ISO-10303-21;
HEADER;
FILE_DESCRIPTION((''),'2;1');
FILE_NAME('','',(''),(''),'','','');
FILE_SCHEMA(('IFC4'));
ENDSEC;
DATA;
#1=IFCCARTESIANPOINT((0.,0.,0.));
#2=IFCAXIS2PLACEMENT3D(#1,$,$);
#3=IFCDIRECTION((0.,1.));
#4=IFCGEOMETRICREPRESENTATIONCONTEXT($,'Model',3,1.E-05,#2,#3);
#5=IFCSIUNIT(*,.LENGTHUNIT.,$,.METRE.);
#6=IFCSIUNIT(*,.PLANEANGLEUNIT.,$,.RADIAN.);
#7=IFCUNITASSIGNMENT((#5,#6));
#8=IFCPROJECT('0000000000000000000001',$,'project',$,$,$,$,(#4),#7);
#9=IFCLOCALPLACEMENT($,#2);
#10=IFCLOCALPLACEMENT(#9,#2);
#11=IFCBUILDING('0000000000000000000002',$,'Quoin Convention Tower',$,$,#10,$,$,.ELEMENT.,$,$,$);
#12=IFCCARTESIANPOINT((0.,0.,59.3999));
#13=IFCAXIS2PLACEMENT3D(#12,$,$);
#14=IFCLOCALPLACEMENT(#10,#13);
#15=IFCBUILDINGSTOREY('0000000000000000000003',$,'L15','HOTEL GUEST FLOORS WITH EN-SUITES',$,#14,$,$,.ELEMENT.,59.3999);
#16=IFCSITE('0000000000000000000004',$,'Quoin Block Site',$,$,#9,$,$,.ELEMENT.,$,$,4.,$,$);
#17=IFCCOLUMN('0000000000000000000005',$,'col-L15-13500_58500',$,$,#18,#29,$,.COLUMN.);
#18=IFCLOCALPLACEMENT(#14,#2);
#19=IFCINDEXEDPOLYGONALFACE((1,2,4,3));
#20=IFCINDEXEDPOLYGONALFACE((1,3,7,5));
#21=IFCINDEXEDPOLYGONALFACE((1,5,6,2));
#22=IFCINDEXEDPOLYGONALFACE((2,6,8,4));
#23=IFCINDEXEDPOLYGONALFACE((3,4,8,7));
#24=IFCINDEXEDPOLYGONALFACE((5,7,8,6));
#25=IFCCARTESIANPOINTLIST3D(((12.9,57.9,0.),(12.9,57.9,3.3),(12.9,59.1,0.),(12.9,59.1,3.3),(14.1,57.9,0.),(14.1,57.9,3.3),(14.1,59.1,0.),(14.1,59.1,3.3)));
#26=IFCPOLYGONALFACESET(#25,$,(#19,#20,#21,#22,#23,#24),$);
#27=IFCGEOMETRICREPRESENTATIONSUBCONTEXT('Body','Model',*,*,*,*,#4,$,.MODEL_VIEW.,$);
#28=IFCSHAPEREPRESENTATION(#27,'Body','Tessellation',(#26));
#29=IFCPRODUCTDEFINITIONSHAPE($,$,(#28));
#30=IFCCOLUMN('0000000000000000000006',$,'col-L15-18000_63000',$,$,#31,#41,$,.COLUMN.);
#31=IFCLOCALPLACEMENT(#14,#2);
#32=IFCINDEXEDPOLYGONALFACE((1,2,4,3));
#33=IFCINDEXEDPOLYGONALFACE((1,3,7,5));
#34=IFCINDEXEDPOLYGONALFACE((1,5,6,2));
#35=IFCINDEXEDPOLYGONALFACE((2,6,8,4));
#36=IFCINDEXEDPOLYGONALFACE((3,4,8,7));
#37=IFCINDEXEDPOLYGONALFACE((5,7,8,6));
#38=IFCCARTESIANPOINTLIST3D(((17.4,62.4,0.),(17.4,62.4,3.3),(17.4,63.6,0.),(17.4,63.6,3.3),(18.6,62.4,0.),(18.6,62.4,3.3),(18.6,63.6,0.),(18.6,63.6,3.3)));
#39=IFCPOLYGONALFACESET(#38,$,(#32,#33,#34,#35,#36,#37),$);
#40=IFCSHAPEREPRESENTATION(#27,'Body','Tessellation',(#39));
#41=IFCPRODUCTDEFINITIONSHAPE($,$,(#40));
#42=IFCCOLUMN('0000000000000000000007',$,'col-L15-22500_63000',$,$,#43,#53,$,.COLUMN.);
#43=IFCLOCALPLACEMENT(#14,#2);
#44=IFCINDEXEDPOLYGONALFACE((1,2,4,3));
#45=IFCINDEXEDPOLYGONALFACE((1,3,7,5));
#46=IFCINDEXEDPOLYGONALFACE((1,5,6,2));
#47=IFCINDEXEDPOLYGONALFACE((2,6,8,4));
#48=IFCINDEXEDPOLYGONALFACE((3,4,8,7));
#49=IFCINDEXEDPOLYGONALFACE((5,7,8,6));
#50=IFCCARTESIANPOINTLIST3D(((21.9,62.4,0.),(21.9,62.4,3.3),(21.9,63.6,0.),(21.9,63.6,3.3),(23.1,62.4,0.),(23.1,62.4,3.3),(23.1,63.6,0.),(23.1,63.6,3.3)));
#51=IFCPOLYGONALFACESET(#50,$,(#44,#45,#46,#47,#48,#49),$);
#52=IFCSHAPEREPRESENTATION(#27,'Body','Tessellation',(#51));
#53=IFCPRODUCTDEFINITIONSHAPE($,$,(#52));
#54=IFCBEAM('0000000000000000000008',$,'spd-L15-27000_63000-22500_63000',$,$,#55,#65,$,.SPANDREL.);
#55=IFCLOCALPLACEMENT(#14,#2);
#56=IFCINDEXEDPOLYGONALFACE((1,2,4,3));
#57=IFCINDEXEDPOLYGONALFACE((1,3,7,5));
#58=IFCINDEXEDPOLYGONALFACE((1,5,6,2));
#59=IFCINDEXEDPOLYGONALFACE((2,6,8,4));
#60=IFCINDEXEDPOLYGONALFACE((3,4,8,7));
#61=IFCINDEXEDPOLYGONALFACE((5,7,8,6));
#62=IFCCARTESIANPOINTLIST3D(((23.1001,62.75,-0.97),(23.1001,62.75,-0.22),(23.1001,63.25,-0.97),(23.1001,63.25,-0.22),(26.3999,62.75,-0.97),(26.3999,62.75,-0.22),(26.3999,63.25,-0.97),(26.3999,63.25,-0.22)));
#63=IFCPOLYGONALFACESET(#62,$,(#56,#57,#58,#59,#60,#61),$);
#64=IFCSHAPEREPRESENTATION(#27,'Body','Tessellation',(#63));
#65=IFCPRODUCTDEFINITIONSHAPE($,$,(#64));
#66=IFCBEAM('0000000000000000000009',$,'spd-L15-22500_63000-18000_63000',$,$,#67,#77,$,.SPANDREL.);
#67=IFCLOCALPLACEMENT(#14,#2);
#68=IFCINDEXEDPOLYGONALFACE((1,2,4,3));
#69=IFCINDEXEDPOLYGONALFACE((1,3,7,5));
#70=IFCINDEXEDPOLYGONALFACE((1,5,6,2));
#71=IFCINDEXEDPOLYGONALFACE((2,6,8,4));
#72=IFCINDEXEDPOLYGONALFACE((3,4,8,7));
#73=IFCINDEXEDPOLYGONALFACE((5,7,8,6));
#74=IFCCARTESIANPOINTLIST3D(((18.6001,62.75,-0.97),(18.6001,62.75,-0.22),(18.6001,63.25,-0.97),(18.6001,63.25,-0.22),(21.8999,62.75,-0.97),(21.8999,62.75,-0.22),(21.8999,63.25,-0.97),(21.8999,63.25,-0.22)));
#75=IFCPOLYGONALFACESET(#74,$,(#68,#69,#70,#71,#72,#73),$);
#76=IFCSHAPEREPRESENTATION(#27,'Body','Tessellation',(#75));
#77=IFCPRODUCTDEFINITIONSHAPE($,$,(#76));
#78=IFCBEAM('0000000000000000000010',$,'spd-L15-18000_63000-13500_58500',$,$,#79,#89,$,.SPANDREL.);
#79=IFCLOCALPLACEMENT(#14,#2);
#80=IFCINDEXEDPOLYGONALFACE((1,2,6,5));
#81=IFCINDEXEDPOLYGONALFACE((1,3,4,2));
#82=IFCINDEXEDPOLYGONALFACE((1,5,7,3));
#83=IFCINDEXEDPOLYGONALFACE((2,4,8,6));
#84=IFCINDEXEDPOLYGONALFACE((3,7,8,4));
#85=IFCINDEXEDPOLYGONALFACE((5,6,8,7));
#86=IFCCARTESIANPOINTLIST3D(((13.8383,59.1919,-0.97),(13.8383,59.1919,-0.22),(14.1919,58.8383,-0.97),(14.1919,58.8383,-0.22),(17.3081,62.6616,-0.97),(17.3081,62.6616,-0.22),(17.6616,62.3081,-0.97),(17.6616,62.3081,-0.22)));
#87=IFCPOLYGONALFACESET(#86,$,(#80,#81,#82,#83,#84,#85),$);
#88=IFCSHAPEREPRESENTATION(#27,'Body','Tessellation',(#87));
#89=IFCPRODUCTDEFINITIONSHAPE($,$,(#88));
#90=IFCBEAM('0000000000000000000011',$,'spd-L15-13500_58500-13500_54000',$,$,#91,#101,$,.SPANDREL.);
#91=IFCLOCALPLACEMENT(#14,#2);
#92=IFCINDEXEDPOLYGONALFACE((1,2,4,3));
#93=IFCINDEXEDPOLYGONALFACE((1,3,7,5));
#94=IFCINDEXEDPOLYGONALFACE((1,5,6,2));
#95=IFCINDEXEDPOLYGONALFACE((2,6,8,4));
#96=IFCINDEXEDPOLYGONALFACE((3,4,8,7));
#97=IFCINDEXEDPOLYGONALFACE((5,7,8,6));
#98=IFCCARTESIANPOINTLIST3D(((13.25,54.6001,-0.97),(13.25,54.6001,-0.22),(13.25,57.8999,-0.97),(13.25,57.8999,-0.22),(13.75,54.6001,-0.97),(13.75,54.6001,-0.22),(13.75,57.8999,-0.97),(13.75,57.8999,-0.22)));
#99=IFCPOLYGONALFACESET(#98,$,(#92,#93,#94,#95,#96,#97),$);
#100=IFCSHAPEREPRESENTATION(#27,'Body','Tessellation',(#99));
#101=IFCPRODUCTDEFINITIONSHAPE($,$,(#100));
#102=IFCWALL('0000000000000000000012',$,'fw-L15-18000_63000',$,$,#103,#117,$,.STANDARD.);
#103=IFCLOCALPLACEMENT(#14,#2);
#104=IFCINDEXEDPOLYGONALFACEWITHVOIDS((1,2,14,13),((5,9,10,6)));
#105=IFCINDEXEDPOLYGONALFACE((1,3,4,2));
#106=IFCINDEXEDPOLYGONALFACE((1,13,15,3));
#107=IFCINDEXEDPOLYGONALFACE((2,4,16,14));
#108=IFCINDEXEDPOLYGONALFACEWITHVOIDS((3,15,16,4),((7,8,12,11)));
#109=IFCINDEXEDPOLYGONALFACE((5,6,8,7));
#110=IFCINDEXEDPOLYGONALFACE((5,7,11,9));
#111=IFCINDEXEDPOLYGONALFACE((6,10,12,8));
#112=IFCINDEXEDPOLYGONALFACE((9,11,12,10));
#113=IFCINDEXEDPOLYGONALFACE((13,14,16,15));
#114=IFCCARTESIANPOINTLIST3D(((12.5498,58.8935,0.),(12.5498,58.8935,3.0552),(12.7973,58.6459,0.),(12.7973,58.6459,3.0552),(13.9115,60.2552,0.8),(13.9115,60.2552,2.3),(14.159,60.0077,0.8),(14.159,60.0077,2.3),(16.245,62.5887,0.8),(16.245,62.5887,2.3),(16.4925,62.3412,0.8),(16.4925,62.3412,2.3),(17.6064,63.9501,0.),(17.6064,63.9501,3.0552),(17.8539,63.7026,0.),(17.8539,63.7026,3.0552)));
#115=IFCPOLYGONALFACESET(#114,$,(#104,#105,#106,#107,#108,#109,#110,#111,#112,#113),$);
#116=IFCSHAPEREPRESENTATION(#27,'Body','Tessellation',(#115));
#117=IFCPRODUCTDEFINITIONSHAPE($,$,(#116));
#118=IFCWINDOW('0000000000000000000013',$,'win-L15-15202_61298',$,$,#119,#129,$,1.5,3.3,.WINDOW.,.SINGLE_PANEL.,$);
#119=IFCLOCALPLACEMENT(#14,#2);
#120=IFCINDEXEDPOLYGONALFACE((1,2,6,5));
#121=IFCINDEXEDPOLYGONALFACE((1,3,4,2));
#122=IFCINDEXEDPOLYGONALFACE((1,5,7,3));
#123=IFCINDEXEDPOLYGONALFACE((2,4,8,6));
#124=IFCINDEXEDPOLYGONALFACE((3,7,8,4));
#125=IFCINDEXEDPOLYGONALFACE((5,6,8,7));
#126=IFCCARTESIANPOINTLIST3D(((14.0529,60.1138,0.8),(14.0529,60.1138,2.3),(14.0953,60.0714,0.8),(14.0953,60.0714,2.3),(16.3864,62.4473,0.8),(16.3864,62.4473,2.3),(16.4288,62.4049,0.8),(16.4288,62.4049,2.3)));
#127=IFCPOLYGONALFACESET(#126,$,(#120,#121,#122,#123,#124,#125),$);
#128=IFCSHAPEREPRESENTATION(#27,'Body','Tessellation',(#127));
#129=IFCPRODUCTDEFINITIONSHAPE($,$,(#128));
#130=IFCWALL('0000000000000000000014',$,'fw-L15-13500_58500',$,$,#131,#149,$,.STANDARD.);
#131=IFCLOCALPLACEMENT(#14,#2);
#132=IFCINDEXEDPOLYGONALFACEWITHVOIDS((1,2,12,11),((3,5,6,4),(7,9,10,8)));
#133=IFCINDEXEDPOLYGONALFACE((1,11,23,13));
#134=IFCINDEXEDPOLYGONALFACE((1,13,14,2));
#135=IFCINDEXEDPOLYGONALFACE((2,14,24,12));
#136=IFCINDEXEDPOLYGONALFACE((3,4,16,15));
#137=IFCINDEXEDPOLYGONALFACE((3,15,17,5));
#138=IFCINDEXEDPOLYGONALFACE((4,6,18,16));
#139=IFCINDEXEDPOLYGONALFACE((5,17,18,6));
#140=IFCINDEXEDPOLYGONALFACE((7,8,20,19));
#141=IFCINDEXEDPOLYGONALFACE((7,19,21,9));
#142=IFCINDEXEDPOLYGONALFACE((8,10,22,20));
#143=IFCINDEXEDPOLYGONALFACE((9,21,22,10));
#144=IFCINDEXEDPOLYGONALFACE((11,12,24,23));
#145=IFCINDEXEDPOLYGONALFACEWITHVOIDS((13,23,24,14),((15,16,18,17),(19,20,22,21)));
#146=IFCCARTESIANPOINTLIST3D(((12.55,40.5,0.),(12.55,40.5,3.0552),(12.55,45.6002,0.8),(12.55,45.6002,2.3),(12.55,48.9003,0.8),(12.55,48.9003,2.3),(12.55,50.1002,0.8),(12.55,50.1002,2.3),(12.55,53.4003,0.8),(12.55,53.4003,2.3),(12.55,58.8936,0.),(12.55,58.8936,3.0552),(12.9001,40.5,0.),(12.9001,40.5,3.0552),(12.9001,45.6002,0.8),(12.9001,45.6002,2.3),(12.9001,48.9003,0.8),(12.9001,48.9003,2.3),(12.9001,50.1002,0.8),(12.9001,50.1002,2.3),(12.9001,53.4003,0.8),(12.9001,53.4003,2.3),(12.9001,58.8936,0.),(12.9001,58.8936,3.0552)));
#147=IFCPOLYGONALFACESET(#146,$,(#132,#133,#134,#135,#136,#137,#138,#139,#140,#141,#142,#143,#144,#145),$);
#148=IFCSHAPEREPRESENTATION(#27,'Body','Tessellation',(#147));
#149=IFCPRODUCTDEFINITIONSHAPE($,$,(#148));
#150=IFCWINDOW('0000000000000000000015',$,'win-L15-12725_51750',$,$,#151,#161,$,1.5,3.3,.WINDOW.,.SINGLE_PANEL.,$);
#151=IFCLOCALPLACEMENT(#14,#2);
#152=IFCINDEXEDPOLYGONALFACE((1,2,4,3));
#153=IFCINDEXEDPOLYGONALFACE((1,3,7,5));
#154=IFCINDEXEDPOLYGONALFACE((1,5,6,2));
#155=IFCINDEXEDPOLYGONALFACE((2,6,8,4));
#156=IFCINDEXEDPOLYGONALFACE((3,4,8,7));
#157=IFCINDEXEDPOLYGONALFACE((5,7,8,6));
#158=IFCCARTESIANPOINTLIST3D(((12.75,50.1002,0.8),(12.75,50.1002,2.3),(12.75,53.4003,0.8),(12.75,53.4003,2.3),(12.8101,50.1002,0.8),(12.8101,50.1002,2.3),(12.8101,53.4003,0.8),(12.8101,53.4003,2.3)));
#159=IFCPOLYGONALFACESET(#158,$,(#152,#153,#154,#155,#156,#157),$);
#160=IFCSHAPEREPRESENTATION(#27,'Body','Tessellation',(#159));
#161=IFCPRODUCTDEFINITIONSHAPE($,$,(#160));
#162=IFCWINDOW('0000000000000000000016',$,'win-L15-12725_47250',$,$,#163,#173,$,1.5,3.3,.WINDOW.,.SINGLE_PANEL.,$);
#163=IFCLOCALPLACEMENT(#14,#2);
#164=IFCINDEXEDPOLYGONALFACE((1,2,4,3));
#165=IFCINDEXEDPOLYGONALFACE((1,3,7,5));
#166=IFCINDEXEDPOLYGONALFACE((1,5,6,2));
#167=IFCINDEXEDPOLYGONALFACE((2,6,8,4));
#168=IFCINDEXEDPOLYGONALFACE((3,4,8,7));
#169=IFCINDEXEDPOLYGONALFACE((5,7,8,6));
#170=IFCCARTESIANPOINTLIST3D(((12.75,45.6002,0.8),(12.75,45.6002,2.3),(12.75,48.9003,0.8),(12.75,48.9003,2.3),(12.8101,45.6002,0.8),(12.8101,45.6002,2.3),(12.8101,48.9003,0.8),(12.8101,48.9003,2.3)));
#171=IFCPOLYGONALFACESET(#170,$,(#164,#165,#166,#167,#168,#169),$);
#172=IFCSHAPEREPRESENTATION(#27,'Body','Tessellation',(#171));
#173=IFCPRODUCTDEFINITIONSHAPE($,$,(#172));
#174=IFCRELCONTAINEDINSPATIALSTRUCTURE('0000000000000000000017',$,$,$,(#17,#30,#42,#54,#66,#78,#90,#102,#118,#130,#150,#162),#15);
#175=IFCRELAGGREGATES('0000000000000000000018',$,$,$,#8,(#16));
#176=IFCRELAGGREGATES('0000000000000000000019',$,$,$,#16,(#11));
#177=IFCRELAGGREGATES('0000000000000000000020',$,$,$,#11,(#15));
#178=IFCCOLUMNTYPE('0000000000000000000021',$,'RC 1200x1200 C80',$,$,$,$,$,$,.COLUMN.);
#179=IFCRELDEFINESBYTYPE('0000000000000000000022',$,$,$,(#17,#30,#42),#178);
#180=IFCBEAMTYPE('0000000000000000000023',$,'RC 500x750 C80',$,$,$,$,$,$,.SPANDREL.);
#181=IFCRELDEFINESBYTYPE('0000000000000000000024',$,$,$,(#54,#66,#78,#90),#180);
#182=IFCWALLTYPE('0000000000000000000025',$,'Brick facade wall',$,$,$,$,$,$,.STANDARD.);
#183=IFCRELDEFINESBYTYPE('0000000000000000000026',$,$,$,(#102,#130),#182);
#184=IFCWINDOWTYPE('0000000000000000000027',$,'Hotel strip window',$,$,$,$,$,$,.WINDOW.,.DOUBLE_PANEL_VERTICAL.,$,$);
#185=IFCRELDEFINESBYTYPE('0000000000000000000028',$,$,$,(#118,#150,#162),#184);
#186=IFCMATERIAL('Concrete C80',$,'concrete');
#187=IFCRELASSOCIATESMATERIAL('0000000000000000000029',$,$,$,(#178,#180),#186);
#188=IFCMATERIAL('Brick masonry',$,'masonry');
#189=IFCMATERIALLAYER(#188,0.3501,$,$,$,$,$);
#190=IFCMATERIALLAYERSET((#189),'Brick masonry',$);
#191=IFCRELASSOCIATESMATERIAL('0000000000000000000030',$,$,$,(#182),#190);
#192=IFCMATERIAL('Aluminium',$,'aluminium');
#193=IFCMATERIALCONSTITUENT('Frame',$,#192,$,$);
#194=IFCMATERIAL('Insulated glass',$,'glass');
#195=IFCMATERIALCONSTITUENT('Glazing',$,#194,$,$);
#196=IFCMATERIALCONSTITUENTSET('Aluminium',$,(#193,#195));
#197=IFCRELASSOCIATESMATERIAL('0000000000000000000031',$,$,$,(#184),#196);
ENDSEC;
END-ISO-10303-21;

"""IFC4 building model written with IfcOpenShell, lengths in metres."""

from ifc_helpers import new_model, si_unit, direction, frame, frame_2d, origin, origin_2d, place, context, subcontext, project, spatial, rectangle, extrude, material, layer, layer_set, constituent, constituent_set, material_profile, profile_set, type_object, element, fill, save


model = new_model("IFC4")

# Units and contexts
model_context = context("Model", 3, precision=1e-05, world=origin(), true_north=direction((0.0, 1.0)))
body_context = subcontext(model_context, "Body", "Model", "MODEL_VIEW")
ifc_project = project(units=[si_unit("LENGTHUNIT", "METRE"), si_unit("PLANEANGLEUNIT", "RADIAN")], contexts=[model_context])

# Site, building, storey
site_placement = place(None, origin())
site = spatial("IfcSite", under=ifc_project, at=site_placement, Name="Quoin Block Site", CompositionType="ELEMENT", RefElevation=4.0)
building_placement = place(site_placement, origin())
building = spatial("IfcBuilding", under=site, at=building_placement, Name="Quoin Convention Tower", CompositionType="ELEMENT")
storey_placement = place(building_placement, frame((0.0, 0.0, 59.3999)))
storey = spatial("IfcBuildingStorey", under=building, at=storey_placement, Name="L15", Description="HOTEL GUEST FLOORS WITH EN-SUITES", CompositionType="ELEMENT", Elevation=59.3999)

# Columns
ifc_material_1 = material(Name="Concrete C80", Category="concrete")
ifc_material_profile_1 = material_profile(ifc_material_1, rectangle(XDim=1.2, YDim=1.2, at=origin_2d()), Name="RC 1200x1200")
ifc_profile_set_1 = profile_set([ifc_material_profile_1], Name="Concrete C80")
column_type = type_object("IfcColumnType", Name="RC 1200x1200 C80", PredefinedType="COLUMN", material=ifc_profile_set_1)
for number, where, z_axis, x_axis, name in (
    (1, (13.5, 58.5, 0.0), (0.0, 0.0, 1.0), (1.0, 0.0, 0.0), "col-L15-13500_58500"),
    (2, (18.0, 63.0, 0.0), (0.0, 0.0, 1.0), (1.0, 0.0, 0.0), "col-L15-18000_63000"),
    (3, (22.5, 63.0, 0.0), (0.0, 0.0, 1.0), (1.0, 0.0, 0.0), "col-L15-22500_63000"),
):
    element("IfcColumn", number, at=place(storey_placement, frame(where, z_axis=z_axis, x_axis=x_axis)), inside=storey, type_object=column_type, Name=name, PredefinedType="COLUMN", context=body_context, shape_type="SweptSolid", body=[
        extrude(rectangle(XDim=1.2, YDim=1.2, at=origin_2d()), origin(), (0.0, 0.0, 1.0), 3.3),
    ])

# Beams
ifc_material_profile_2 = material_profile(ifc_material_1, rectangle(XDim=0.5, YDim=0.75, at=origin_2d()), Name="RC 500x750")
ifc_profile_set_2 = profile_set([ifc_material_profile_2], Name="Concrete C80")
beam_type = type_object("IfcBeamType", Name="RC 500x750 C80", PredefinedType="SPANDREL", material=ifc_profile_set_2)
for number, where, z_axis, x_axis, name in (
    (4, (26.3999, 63.0, -0.595), (-1.0, 0.0, 0.0), (0.0, -1.0, 0.0), "spd-L15-27000_63000-22500_63000"),
    (5, (21.8999, 63.0, -0.595), (-1.0, 0.0, 0.0), (0.0, -1.0, 0.0), "spd-L15-22500_63000-18000_63000"),
):
    element("IfcBeam", number, at=place(storey_placement, frame(where, z_axis=z_axis, x_axis=x_axis)), inside=storey, type_object=beam_type, Name=name, PredefinedType="SPANDREL", context=body_context, shape_type="SweptSolid", body=[
        extrude(rectangle(XDim=0.5, YDim=0.75, at=origin_2d()), origin(), (0.0, 0.0, 1.0), 3.2998),
    ])
beam_1_placement = place(storey_placement, frame((17.4849, 62.4849, -0.595), z_axis=(-0.707107, -0.707107, 0.0), x_axis=(0.707107, -0.707107, 0.0)))
element("IfcBeam", 6, at=beam_1_placement, inside=storey, type_object=beam_type, Name="spd-L15-18000_63000-13500_58500", PredefinedType="SPANDREL", context=body_context, shape_type="SweptSolid", body=[
    extrude(rectangle(XDim=0.5, YDim=0.75, at=origin_2d()), origin(), (0.0, 0.0, 1.0), 4.907),
])
beam_2_placement = place(storey_placement, frame((13.5, 57.8999, -0.595), z_axis=(0.0, -1.0, 0.0), x_axis=(1.0, 0.0, 0.0)))
element("IfcBeam", 7, at=beam_2_placement, inside=storey, type_object=beam_type, Name="spd-L15-13500_58500-13500_54000", PredefinedType="SPANDREL", context=body_context, shape_type="SweptSolid", body=[
    extrude(rectangle(XDim=0.5, YDim=0.75, at=origin_2d()), origin(), (0.0, 0.0, 1.0), 3.2998),
])

# Wall, opening, window
ifc_material_2 = material(Name="Brick masonry", Category="masonry")
ifc_layer_1 = layer(ifc_material_2, 0.3501)
ifc_layer_set_1 = layer_set([ifc_layer_1], Name="Brick masonry")
wall_type_1 = type_object("IfcWallType", Name="Brick facade wall", PredefinedType="STANDARD", material=ifc_layer_set_1)
wall_1_placement = place(storey_placement, frame((17.7302, 63.8264, 0.0), z_axis=(0.0, 0.0, 1.0), x_axis=(-0.707107, -0.707107, 0.0)))
wall_1 = element("IfcWall", 8, at=wall_1_placement, inside=storey, type_object=wall_type_1, Name="fw-L15-18000_63000", PredefinedType="STANDARD", context=body_context, shape_type="SweptSolid", body=[
    extrude(rectangle(XDim=7.1511, YDim=0.3501, at=frame_2d((3.5757, 0.0))), origin(), (0.0, 0.0, 1.0), 3.0552),
])
opening_1_placement = place(wall_1_placement, frame((1.9255, 0.0, 0.8)))
opening_1 = element("IfcOpeningElement", 9, at=opening_1_placement, cuts=wall_1, PredefinedType="OPENING", context=body_context, shape_type="SweptSolid", body=[
    extrude(rectangle(XDim=3.3, YDim=1.5, at=frame_2d((1.6499, 0.75))), frame((0.0, 0.1851, 0.0), z_axis=(0.0, -1.0, 0.0), x_axis=(1.0, 0.0, 0.0)), (0.0, 0.0, 1.0), 0.3701),
])
ifc_material_3 = material(Name="Aluminium", Category="aluminium")
ifc_constituent_1 = constituent(ifc_material_3, Name="Frame")
ifc_material_4 = material(Name="Insulated glass", Category="glass")
ifc_constituent_2 = constituent(ifc_material_4, Name="Glazing")
ifc_constituent_set = constituent_set(constituents=[ifc_constituent_1, ifc_constituent_2], Name="Aluminium")
window_type = type_object("IfcWindowType", Name="Hotel strip window", PartitioningType="DOUBLE_PANEL_VERTICAL", PredefinedType="WINDOW", material=ifc_constituent_set)
window_1_placement = place(opening_1_placement, origin())
window_1 = element("IfcWindow", 10, at=window_1_placement, inside=storey, type_object=window_type, Name="win-L15-15202_61298", OverallHeight=1.5, OverallWidth=3.3, PartitioningType="SINGLE_PANEL", PredefinedType="WINDOW", context=body_context, shape_type="SweptSolid", body=[
    extrude(rectangle(XDim=3.3, YDim=1.5, at=frame_2d((1.6499, 0.75))), frame((0.0, 0.085, 0.0), z_axis=(0.0, -1.0, 0.0), x_axis=(1.0, 0.0, 0.0)), (0.0, 0.0, 1.0), 0.0601),
])
fill(opening_1, window_1)

# Wall, openings, windows
wall_2_placement = place(storey_placement, frame((12.7251, 58.8936, 0.0), z_axis=(0.0, 0.0, 1.0), x_axis=(0.0, -1.0, 0.0)))
wall_2 = element("IfcWall", 11, at=wall_2_placement, inside=storey, type_object=wall_type_1, Name="fw-L15-13500_58500", PredefinedType="STANDARD", context=body_context, shape_type="SweptSolid", body=[
    extrude(rectangle(XDim=18.3936, YDim=0.3501, at=frame_2d((9.1968, 0.0))), origin(), (0.0, 0.0, 1.0), 3.0552),
])
opening_2_placement = place(wall_2_placement, frame((5.4934, 0.0, 0.8)))
opening_2 = element("IfcOpeningElement", 12, at=opening_2_placement, cuts=wall_2, PredefinedType="OPENING", context=body_context, shape_type="SweptSolid", body=[
    extrude(rectangle(XDim=3.3, YDim=1.5, at=frame_2d((1.6499, 0.75))), frame((0.0, 0.1851, 0.0), z_axis=(0.0, -1.0, 0.0), x_axis=(1.0, 0.0, 0.0)), (0.0, 0.0, 1.0), 0.3701),
])
opening_3_placement = place(wall_2_placement, frame((9.9934, 0.0, 0.8)))
opening_3 = element("IfcOpeningElement", 13, at=opening_3_placement, cuts=wall_2, PredefinedType="OPENING", context=body_context, shape_type="SweptSolid", body=[
    extrude(rectangle(XDim=3.3, YDim=1.5, at=frame_2d((1.6499, 0.75))), frame((0.0, 0.1851, 0.0), z_axis=(0.0, -1.0, 0.0), x_axis=(1.0, 0.0, 0.0)), (0.0, 0.0, 1.0), 0.3701),
])
window_2_placement = place(opening_2_placement, origin())
window_2 = element("IfcWindow", 14, at=window_2_placement, inside=storey, type_object=window_type, Name="win-L15-12725_51750", OverallHeight=1.5, OverallWidth=3.3, PartitioningType="SINGLE_PANEL", PredefinedType="WINDOW", context=body_context, shape_type="SweptSolid", body=[
    extrude(rectangle(XDim=3.3, YDim=1.5, at=frame_2d((1.6499, 0.75))), frame((0.0, 0.085, 0.0), z_axis=(0.0, -1.0, 0.0), x_axis=(1.0, 0.0, 0.0)), (0.0, 0.0, 1.0), 0.0601),
])
fill(opening_2, window_2)
window_3_placement = place(opening_3_placement, origin())
window_3 = element("IfcWindow", 15, at=window_3_placement, inside=storey, type_object=window_type, Name="win-L15-12725_47250", OverallHeight=1.5, OverallWidth=3.3, PartitioningType="SINGLE_PANEL", PredefinedType="WINDOW", context=body_context, shape_type="SweptSolid", body=[
    extrude(rectangle(XDim=3.3, YDim=1.5, at=frame_2d((1.6499, 0.75))), frame((0.0, 0.085, 0.0), z_axis=(0.0, -1.0, 0.0), x_axis=(1.0, 0.0, 0.0)), (0.0, 0.0, 1.0), 0.0601),
])
fill(opening_3, window_3)

save(model, "model.ifc")
